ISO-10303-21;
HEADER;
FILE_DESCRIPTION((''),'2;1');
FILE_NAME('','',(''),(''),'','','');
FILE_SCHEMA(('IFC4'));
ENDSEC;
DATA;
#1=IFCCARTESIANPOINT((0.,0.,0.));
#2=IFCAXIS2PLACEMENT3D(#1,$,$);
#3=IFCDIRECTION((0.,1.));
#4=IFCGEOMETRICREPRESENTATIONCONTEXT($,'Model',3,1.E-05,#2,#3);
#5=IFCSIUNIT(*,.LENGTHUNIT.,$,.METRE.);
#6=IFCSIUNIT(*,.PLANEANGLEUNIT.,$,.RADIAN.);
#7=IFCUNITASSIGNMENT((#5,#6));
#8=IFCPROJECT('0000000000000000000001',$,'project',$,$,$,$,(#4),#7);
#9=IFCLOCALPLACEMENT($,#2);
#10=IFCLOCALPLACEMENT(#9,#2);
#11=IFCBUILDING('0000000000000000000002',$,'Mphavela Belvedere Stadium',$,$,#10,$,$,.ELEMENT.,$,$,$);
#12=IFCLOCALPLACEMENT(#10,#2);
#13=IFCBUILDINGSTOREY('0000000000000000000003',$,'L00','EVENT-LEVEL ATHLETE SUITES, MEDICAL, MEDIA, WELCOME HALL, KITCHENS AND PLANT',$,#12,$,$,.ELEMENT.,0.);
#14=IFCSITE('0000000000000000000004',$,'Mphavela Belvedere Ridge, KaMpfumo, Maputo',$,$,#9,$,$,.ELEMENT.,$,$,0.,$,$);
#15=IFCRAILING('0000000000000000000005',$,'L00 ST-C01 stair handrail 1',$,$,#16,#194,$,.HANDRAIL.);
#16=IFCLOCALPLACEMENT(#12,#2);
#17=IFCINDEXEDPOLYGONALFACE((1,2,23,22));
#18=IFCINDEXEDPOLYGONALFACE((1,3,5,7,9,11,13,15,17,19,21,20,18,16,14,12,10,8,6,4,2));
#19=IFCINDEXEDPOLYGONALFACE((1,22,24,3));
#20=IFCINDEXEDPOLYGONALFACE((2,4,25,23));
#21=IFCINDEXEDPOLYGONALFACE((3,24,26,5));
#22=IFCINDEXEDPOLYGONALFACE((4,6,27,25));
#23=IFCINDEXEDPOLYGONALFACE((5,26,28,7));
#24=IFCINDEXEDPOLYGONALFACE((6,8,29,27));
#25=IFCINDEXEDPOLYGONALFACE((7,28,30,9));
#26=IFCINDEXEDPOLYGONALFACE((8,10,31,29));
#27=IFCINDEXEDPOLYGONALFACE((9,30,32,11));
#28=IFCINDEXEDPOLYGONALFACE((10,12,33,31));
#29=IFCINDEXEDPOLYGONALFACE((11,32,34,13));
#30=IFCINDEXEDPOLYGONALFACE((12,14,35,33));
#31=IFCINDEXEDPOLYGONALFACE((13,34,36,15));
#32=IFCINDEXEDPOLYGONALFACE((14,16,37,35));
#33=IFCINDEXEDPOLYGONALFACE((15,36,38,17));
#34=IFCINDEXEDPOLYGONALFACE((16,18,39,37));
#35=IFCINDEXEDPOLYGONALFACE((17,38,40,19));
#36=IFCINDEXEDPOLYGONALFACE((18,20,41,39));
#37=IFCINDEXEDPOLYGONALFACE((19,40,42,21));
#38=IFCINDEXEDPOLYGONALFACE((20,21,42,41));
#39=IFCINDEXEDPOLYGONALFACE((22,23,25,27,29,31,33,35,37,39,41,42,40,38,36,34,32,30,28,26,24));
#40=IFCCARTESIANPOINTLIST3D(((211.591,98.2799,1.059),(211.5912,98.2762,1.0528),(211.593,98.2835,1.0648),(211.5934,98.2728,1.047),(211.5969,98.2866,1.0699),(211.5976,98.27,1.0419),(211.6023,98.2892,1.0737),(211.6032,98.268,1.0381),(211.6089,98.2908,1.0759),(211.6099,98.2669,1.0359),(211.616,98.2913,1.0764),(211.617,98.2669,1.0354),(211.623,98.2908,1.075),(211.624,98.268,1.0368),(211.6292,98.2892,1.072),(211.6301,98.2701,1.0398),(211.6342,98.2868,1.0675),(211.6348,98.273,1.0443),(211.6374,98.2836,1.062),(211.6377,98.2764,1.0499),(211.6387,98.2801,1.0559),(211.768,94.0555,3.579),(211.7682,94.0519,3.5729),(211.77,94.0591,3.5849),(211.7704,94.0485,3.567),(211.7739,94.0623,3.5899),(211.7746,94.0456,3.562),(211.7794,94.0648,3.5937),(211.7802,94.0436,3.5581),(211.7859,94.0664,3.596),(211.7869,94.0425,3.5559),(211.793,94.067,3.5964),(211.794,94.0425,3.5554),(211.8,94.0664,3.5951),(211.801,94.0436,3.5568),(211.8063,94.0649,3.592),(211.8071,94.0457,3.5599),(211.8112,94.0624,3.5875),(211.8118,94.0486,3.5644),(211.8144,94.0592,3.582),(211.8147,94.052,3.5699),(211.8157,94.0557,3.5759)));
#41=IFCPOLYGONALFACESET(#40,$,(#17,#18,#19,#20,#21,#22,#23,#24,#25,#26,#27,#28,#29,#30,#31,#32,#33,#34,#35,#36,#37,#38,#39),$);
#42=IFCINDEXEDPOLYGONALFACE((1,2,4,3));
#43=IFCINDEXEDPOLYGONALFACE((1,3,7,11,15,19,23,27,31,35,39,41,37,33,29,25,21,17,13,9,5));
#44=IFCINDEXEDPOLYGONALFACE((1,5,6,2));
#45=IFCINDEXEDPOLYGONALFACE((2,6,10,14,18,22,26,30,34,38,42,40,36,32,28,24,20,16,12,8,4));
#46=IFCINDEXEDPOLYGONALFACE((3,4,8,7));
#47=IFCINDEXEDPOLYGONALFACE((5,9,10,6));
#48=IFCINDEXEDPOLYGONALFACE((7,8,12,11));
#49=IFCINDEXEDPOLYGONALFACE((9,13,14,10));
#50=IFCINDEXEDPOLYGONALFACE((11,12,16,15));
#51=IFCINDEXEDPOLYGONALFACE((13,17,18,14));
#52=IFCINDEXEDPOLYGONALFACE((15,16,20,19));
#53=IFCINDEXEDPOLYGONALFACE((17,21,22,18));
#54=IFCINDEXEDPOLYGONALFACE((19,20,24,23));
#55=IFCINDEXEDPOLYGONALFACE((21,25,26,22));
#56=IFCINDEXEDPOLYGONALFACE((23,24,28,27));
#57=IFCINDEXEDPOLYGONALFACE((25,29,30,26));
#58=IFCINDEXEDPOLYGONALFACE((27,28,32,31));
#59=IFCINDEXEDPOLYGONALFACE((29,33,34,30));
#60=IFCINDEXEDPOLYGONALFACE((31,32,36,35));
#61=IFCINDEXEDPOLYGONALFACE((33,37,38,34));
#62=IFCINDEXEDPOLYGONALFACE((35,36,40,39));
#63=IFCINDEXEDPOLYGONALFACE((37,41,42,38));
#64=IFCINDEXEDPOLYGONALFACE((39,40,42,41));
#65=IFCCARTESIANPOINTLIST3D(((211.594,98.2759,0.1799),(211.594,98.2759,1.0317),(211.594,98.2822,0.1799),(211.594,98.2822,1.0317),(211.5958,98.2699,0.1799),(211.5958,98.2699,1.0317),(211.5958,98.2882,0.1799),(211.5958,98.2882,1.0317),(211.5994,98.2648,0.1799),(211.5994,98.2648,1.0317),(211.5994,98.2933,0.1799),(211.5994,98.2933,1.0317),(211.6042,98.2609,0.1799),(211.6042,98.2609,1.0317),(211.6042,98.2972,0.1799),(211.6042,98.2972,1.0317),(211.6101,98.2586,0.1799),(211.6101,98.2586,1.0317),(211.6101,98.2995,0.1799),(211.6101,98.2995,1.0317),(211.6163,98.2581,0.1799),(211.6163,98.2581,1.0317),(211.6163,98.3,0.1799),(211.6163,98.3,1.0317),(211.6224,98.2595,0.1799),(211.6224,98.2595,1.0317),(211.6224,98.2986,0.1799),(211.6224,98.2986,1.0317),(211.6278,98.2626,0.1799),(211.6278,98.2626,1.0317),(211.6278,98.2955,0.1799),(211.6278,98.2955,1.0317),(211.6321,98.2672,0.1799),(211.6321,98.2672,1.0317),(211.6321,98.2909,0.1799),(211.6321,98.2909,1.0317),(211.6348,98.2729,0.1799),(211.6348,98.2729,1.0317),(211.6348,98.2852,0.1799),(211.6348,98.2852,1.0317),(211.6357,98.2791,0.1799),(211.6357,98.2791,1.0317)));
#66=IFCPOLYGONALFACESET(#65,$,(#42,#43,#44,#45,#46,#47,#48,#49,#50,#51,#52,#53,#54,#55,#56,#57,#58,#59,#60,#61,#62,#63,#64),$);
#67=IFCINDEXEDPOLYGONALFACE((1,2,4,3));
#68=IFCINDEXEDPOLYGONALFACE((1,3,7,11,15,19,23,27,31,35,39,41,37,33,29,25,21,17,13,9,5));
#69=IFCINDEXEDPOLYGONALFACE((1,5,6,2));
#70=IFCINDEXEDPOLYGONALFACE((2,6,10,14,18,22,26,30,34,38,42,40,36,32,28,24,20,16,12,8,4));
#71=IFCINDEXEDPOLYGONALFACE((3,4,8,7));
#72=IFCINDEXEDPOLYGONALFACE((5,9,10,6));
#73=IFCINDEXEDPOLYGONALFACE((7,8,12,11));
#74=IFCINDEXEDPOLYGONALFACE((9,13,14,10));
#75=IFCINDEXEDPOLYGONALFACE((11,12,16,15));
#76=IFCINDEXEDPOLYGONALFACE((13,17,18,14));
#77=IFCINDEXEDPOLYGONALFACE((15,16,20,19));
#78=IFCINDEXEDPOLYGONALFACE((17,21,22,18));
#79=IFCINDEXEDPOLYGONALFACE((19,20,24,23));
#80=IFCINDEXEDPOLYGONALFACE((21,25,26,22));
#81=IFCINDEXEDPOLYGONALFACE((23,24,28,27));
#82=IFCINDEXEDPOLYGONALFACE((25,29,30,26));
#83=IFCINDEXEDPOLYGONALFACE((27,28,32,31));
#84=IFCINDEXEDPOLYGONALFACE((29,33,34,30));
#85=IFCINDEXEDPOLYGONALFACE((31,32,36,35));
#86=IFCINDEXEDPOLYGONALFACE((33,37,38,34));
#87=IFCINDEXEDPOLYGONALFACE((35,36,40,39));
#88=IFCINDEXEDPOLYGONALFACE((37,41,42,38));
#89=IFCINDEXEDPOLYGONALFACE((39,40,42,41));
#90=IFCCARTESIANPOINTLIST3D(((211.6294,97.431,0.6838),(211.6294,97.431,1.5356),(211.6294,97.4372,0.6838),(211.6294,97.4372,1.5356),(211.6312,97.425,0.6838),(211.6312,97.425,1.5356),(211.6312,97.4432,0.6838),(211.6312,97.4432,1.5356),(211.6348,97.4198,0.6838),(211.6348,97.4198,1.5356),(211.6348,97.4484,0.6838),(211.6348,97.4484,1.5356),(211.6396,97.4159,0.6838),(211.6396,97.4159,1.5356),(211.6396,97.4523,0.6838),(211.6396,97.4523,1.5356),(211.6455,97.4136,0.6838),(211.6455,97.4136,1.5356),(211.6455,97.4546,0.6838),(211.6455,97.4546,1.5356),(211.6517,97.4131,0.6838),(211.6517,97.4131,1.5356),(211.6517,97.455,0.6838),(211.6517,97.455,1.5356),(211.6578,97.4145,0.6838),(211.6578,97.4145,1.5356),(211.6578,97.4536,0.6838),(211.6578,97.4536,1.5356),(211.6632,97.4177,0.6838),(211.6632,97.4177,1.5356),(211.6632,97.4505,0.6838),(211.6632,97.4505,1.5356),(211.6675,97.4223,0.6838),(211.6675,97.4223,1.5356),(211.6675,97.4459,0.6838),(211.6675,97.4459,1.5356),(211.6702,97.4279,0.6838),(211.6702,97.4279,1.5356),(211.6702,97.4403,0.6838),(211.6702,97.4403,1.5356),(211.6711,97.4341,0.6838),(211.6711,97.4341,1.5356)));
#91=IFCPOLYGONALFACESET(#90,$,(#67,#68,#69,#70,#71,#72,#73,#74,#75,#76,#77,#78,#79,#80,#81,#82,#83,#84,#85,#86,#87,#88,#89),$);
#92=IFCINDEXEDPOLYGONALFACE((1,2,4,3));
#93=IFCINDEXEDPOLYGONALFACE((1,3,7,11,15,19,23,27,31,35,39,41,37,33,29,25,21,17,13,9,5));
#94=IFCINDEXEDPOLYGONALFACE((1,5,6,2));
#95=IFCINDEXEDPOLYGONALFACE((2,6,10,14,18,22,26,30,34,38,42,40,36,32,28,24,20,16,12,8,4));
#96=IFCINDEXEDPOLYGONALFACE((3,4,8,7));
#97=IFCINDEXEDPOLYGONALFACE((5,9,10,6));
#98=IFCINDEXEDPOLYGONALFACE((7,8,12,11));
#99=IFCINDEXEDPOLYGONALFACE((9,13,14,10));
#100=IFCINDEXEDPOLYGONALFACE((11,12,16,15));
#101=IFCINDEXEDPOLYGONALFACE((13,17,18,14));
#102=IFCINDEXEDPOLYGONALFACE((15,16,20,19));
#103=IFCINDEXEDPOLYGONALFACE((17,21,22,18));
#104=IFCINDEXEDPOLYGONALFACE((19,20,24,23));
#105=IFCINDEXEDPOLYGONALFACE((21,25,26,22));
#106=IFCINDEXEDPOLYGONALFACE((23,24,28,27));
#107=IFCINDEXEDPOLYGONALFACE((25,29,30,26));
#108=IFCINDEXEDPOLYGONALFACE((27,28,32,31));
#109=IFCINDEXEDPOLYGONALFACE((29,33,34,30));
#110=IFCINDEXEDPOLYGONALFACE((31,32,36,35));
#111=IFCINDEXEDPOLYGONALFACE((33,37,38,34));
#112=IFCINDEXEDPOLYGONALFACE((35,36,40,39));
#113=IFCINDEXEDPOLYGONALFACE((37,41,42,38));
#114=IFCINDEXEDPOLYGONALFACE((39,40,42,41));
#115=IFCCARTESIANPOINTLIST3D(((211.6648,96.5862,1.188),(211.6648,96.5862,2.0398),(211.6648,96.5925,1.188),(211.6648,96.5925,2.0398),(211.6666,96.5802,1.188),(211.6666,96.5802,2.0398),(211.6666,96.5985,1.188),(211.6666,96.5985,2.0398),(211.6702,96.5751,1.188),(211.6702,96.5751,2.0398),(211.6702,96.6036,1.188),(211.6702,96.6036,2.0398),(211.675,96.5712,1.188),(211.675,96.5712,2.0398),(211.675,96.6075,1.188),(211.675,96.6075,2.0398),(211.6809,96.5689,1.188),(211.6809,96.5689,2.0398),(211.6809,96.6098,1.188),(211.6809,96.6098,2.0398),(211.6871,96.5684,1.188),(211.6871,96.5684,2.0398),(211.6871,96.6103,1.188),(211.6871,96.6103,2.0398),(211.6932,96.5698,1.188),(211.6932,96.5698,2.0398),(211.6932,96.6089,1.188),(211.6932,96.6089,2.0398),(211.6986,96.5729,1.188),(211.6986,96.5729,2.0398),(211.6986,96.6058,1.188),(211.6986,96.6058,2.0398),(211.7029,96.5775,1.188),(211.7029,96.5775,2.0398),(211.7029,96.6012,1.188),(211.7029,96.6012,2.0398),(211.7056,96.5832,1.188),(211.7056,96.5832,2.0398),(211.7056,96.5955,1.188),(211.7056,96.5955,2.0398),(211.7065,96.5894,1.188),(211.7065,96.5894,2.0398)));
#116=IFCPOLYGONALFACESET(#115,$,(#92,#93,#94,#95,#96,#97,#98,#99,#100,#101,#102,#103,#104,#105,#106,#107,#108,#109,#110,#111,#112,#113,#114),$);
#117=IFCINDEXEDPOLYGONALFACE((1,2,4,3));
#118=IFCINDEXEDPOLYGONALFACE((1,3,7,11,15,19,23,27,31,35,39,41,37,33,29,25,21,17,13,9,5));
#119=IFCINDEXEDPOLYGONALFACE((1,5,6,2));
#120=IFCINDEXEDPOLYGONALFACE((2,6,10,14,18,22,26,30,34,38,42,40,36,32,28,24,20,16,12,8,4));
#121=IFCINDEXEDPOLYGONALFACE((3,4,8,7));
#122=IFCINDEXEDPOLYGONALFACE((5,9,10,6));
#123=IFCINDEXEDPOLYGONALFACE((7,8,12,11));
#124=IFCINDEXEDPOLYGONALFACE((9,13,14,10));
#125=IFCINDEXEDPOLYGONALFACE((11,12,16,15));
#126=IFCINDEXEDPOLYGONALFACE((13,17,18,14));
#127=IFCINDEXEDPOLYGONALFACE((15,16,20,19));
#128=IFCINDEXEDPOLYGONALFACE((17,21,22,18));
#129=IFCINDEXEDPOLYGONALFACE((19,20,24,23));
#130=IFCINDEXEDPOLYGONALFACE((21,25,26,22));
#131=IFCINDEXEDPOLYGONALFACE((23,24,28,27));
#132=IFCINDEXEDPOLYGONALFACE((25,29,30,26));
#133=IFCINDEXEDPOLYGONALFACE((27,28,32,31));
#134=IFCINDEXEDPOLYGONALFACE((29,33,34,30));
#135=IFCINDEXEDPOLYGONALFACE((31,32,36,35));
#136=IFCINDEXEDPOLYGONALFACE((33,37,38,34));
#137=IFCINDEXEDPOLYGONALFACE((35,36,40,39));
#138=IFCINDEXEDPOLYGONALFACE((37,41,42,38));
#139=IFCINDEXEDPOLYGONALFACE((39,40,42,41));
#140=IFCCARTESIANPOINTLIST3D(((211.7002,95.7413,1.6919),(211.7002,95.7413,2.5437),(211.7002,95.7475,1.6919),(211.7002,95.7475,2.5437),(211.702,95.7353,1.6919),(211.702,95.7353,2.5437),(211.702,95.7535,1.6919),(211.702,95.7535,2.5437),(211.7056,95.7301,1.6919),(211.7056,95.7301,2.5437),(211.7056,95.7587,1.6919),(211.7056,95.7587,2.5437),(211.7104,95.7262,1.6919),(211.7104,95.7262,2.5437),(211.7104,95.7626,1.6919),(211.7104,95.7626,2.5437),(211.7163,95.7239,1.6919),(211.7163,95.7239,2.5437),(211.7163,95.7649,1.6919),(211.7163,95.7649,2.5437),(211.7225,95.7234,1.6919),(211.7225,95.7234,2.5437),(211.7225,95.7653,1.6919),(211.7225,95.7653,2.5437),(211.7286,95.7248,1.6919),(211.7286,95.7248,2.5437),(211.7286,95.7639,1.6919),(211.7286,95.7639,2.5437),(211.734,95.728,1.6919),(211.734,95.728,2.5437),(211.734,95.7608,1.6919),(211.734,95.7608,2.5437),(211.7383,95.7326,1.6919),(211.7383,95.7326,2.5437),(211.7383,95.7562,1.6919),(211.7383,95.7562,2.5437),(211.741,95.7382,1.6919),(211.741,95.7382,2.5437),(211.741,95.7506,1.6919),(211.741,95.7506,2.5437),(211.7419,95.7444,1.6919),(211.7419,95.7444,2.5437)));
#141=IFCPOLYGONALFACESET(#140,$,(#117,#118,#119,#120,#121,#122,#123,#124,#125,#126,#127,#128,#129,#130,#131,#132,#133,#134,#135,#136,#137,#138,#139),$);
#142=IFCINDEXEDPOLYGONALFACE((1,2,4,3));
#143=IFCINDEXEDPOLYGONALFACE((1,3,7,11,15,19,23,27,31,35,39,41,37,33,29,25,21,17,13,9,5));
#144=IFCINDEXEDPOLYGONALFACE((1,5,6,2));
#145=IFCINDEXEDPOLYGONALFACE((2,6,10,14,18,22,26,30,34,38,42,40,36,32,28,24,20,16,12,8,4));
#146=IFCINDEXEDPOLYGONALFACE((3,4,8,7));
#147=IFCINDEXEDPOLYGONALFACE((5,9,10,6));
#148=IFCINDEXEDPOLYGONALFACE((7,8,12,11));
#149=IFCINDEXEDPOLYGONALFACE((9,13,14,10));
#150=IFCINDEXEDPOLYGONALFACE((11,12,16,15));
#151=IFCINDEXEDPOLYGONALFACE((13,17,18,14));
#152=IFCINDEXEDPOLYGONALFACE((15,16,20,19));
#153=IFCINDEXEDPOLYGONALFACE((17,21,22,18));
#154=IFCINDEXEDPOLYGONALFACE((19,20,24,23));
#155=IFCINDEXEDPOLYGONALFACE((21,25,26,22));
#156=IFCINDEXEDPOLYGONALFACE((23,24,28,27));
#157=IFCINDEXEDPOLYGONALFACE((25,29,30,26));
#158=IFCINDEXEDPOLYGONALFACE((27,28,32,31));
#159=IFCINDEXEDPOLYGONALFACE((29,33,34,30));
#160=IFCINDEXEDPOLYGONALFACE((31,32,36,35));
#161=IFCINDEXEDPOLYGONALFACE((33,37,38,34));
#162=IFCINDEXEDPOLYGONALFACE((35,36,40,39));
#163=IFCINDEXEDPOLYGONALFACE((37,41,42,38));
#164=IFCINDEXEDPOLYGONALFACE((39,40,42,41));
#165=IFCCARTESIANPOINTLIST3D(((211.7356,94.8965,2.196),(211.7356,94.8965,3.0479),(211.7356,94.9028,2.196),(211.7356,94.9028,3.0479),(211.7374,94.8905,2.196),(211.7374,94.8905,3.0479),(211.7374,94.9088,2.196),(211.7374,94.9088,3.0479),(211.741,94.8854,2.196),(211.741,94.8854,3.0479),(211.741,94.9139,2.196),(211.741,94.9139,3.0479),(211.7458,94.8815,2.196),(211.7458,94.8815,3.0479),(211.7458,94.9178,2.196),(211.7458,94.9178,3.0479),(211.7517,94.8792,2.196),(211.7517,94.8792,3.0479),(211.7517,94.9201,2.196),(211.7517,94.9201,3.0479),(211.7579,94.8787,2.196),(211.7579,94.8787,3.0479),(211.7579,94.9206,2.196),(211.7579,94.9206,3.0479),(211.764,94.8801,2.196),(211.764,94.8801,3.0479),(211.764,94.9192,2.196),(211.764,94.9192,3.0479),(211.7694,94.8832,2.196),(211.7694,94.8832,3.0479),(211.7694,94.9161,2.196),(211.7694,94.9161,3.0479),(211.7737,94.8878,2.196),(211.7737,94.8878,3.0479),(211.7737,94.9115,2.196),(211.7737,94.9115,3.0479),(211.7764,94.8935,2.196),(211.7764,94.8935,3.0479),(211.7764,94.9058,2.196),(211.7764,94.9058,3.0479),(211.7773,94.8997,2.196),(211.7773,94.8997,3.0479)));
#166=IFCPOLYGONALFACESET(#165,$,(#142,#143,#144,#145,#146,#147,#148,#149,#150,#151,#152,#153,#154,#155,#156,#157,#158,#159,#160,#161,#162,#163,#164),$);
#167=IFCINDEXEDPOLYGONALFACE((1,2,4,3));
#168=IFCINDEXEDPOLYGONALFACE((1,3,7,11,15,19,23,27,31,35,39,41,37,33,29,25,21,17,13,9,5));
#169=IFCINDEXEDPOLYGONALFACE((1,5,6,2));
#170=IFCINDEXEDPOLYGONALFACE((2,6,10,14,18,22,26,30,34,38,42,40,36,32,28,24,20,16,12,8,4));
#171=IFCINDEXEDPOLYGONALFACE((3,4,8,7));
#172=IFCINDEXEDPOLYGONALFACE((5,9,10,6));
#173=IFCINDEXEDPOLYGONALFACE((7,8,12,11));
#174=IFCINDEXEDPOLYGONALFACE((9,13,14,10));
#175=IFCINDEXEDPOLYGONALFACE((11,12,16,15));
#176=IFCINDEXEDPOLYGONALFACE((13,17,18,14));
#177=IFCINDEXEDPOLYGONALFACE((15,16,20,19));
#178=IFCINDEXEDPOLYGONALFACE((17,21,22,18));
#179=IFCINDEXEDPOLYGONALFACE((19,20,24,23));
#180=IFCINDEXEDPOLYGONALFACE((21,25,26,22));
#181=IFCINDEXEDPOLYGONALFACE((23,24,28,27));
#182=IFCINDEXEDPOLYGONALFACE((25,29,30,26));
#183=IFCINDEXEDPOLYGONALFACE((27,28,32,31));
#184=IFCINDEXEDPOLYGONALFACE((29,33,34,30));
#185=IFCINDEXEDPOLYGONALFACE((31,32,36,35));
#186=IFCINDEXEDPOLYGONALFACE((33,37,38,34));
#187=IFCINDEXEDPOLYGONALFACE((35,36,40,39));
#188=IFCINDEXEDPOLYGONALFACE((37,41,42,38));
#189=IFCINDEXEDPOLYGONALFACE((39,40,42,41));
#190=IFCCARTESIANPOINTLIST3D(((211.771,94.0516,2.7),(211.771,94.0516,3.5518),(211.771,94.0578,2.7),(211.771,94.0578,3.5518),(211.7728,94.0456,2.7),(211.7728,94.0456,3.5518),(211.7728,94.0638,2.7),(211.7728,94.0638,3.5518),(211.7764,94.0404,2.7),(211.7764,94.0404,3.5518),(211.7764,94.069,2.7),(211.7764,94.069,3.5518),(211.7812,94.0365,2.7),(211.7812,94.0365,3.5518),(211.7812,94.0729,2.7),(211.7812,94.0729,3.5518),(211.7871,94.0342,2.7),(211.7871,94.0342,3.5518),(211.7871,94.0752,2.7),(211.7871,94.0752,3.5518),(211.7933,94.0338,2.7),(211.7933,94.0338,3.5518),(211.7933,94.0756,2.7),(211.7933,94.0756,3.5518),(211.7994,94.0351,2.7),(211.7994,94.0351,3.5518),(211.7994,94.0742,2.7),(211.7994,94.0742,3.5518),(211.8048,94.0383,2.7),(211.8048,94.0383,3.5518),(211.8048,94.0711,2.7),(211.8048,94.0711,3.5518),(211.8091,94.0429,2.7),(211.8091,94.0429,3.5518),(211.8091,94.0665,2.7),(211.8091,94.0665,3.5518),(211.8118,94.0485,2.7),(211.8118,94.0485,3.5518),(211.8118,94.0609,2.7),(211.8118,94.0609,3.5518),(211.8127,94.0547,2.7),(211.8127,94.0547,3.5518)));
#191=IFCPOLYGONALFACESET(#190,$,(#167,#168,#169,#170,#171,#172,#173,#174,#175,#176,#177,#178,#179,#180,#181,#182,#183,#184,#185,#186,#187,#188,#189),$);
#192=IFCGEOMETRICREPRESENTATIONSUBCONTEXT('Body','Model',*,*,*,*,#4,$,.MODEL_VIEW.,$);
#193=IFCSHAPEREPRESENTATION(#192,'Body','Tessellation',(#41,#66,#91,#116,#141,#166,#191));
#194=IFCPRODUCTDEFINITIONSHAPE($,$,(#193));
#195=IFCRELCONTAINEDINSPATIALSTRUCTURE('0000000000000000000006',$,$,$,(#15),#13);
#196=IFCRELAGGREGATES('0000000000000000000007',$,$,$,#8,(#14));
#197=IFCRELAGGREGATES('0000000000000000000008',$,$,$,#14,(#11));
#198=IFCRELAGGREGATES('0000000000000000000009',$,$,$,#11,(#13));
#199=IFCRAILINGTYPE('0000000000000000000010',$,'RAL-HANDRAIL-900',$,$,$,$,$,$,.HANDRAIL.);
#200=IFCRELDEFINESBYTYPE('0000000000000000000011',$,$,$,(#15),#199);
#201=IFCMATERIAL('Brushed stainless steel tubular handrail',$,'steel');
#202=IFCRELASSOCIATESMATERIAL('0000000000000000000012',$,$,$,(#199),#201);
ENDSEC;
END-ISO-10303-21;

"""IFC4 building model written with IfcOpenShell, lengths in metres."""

from ifc_helpers import new_model, si_unit, direction, frame, origin, origin_2d, place, context, subcontext, project, spatial, circle, extrude, material, type_object, element, save


model = new_model("IFC4")

# Units and contexts
model_context = context("Model", 3, precision=1e-05, world=origin(), true_north=direction((0.0, 1.0)))
body_context = subcontext(model_context, "Body", "Model", "MODEL_VIEW")
ifc_project = project(units=[si_unit("LENGTHUNIT", "METRE"), si_unit("PLANEANGLEUNIT", "RADIAN")], contexts=[model_context])

# Site, building, storey
site_placement = place(None, origin())
site = spatial("IfcSite", under=ifc_project, at=site_placement, Name="Mphavela Belvedere Ridge, KaMpfumo, Maputo", CompositionType="ELEMENT", RefElevation=0.0)
building_placement = place(site_placement, origin())
building = spatial("IfcBuilding", under=site, at=building_placement, Name="Mphavela Belvedere Stadium", CompositionType="ELEMENT")
storey_placement = place(building_placement, origin())
storey = spatial("IfcBuildingStorey", under=building, at=storey_placement, Name="L00", Description="EVENT-LEVEL ATHLETE SUITES, MEDICAL, MEDIA, WELCOME HALL, KITCHENS AND PLANT", CompositionType="ELEMENT", Elevation=0.0)

# Railing
ifc_material_1 = material(Name="Brushed stainless steel tubular handrail", Category="steel")
railing_type_1 = type_object("IfcRailingType", Name="RAL-HANDRAIL-900", PredefinedType="HANDRAIL", material=ifc_material_1)
railing_1_placement = place(storey_placement, frame((211.6147, 98.2791, 0.1799)))
element("IfcRailing", 1, at=railing_1_placement, inside=storey, type_object=railing_type_1, Name="L00 ST-C01 stair handrail 1", PredefinedType="HANDRAIL", context=body_context, shape_type="SweptSolid", body=[
    extrude(circle(Radius=0.0239, at=origin_2d()), frame((0.0, 0.0, 0.876), z_axis=(0.035961, -0.858244, 0.51198), x_axis=(0.999123, 0.041864, 0.0)), (0.0, 0.0, 1.0), 4.9221),
    extrude(circle(Radius=0.021, at=origin_2d()), origin(), (0.0, 0.0, 1.0), 0.8518),
    extrude(circle(Radius=0.021, at=origin_2d()), frame((0.0354, -0.845, 0.5039)), (0.0, 0.0, 1.0), 0.8518),
    extrude(circle(Radius=0.021, at=origin_2d()), frame((0.0708, -1.6897, 1.0081)), (0.0, 0.0, 1.0), 0.8518),
    extrude(circle(Radius=0.021, at=origin_2d()), frame((0.1062, -2.5347, 1.512)), (0.0, 0.0, 1.0), 0.8518),
    extrude(circle(Radius=0.021, at=origin_2d()), frame((0.1416, -3.3794, 2.0161)), (0.0, 0.0, 1.0), 0.8518),
    extrude(circle(Radius=0.021, at=origin_2d()), frame((0.177, -4.2244, 2.52)), (0.0, 0.0, 1.0), 0.8518),
])

save(model, "model.ifc")
